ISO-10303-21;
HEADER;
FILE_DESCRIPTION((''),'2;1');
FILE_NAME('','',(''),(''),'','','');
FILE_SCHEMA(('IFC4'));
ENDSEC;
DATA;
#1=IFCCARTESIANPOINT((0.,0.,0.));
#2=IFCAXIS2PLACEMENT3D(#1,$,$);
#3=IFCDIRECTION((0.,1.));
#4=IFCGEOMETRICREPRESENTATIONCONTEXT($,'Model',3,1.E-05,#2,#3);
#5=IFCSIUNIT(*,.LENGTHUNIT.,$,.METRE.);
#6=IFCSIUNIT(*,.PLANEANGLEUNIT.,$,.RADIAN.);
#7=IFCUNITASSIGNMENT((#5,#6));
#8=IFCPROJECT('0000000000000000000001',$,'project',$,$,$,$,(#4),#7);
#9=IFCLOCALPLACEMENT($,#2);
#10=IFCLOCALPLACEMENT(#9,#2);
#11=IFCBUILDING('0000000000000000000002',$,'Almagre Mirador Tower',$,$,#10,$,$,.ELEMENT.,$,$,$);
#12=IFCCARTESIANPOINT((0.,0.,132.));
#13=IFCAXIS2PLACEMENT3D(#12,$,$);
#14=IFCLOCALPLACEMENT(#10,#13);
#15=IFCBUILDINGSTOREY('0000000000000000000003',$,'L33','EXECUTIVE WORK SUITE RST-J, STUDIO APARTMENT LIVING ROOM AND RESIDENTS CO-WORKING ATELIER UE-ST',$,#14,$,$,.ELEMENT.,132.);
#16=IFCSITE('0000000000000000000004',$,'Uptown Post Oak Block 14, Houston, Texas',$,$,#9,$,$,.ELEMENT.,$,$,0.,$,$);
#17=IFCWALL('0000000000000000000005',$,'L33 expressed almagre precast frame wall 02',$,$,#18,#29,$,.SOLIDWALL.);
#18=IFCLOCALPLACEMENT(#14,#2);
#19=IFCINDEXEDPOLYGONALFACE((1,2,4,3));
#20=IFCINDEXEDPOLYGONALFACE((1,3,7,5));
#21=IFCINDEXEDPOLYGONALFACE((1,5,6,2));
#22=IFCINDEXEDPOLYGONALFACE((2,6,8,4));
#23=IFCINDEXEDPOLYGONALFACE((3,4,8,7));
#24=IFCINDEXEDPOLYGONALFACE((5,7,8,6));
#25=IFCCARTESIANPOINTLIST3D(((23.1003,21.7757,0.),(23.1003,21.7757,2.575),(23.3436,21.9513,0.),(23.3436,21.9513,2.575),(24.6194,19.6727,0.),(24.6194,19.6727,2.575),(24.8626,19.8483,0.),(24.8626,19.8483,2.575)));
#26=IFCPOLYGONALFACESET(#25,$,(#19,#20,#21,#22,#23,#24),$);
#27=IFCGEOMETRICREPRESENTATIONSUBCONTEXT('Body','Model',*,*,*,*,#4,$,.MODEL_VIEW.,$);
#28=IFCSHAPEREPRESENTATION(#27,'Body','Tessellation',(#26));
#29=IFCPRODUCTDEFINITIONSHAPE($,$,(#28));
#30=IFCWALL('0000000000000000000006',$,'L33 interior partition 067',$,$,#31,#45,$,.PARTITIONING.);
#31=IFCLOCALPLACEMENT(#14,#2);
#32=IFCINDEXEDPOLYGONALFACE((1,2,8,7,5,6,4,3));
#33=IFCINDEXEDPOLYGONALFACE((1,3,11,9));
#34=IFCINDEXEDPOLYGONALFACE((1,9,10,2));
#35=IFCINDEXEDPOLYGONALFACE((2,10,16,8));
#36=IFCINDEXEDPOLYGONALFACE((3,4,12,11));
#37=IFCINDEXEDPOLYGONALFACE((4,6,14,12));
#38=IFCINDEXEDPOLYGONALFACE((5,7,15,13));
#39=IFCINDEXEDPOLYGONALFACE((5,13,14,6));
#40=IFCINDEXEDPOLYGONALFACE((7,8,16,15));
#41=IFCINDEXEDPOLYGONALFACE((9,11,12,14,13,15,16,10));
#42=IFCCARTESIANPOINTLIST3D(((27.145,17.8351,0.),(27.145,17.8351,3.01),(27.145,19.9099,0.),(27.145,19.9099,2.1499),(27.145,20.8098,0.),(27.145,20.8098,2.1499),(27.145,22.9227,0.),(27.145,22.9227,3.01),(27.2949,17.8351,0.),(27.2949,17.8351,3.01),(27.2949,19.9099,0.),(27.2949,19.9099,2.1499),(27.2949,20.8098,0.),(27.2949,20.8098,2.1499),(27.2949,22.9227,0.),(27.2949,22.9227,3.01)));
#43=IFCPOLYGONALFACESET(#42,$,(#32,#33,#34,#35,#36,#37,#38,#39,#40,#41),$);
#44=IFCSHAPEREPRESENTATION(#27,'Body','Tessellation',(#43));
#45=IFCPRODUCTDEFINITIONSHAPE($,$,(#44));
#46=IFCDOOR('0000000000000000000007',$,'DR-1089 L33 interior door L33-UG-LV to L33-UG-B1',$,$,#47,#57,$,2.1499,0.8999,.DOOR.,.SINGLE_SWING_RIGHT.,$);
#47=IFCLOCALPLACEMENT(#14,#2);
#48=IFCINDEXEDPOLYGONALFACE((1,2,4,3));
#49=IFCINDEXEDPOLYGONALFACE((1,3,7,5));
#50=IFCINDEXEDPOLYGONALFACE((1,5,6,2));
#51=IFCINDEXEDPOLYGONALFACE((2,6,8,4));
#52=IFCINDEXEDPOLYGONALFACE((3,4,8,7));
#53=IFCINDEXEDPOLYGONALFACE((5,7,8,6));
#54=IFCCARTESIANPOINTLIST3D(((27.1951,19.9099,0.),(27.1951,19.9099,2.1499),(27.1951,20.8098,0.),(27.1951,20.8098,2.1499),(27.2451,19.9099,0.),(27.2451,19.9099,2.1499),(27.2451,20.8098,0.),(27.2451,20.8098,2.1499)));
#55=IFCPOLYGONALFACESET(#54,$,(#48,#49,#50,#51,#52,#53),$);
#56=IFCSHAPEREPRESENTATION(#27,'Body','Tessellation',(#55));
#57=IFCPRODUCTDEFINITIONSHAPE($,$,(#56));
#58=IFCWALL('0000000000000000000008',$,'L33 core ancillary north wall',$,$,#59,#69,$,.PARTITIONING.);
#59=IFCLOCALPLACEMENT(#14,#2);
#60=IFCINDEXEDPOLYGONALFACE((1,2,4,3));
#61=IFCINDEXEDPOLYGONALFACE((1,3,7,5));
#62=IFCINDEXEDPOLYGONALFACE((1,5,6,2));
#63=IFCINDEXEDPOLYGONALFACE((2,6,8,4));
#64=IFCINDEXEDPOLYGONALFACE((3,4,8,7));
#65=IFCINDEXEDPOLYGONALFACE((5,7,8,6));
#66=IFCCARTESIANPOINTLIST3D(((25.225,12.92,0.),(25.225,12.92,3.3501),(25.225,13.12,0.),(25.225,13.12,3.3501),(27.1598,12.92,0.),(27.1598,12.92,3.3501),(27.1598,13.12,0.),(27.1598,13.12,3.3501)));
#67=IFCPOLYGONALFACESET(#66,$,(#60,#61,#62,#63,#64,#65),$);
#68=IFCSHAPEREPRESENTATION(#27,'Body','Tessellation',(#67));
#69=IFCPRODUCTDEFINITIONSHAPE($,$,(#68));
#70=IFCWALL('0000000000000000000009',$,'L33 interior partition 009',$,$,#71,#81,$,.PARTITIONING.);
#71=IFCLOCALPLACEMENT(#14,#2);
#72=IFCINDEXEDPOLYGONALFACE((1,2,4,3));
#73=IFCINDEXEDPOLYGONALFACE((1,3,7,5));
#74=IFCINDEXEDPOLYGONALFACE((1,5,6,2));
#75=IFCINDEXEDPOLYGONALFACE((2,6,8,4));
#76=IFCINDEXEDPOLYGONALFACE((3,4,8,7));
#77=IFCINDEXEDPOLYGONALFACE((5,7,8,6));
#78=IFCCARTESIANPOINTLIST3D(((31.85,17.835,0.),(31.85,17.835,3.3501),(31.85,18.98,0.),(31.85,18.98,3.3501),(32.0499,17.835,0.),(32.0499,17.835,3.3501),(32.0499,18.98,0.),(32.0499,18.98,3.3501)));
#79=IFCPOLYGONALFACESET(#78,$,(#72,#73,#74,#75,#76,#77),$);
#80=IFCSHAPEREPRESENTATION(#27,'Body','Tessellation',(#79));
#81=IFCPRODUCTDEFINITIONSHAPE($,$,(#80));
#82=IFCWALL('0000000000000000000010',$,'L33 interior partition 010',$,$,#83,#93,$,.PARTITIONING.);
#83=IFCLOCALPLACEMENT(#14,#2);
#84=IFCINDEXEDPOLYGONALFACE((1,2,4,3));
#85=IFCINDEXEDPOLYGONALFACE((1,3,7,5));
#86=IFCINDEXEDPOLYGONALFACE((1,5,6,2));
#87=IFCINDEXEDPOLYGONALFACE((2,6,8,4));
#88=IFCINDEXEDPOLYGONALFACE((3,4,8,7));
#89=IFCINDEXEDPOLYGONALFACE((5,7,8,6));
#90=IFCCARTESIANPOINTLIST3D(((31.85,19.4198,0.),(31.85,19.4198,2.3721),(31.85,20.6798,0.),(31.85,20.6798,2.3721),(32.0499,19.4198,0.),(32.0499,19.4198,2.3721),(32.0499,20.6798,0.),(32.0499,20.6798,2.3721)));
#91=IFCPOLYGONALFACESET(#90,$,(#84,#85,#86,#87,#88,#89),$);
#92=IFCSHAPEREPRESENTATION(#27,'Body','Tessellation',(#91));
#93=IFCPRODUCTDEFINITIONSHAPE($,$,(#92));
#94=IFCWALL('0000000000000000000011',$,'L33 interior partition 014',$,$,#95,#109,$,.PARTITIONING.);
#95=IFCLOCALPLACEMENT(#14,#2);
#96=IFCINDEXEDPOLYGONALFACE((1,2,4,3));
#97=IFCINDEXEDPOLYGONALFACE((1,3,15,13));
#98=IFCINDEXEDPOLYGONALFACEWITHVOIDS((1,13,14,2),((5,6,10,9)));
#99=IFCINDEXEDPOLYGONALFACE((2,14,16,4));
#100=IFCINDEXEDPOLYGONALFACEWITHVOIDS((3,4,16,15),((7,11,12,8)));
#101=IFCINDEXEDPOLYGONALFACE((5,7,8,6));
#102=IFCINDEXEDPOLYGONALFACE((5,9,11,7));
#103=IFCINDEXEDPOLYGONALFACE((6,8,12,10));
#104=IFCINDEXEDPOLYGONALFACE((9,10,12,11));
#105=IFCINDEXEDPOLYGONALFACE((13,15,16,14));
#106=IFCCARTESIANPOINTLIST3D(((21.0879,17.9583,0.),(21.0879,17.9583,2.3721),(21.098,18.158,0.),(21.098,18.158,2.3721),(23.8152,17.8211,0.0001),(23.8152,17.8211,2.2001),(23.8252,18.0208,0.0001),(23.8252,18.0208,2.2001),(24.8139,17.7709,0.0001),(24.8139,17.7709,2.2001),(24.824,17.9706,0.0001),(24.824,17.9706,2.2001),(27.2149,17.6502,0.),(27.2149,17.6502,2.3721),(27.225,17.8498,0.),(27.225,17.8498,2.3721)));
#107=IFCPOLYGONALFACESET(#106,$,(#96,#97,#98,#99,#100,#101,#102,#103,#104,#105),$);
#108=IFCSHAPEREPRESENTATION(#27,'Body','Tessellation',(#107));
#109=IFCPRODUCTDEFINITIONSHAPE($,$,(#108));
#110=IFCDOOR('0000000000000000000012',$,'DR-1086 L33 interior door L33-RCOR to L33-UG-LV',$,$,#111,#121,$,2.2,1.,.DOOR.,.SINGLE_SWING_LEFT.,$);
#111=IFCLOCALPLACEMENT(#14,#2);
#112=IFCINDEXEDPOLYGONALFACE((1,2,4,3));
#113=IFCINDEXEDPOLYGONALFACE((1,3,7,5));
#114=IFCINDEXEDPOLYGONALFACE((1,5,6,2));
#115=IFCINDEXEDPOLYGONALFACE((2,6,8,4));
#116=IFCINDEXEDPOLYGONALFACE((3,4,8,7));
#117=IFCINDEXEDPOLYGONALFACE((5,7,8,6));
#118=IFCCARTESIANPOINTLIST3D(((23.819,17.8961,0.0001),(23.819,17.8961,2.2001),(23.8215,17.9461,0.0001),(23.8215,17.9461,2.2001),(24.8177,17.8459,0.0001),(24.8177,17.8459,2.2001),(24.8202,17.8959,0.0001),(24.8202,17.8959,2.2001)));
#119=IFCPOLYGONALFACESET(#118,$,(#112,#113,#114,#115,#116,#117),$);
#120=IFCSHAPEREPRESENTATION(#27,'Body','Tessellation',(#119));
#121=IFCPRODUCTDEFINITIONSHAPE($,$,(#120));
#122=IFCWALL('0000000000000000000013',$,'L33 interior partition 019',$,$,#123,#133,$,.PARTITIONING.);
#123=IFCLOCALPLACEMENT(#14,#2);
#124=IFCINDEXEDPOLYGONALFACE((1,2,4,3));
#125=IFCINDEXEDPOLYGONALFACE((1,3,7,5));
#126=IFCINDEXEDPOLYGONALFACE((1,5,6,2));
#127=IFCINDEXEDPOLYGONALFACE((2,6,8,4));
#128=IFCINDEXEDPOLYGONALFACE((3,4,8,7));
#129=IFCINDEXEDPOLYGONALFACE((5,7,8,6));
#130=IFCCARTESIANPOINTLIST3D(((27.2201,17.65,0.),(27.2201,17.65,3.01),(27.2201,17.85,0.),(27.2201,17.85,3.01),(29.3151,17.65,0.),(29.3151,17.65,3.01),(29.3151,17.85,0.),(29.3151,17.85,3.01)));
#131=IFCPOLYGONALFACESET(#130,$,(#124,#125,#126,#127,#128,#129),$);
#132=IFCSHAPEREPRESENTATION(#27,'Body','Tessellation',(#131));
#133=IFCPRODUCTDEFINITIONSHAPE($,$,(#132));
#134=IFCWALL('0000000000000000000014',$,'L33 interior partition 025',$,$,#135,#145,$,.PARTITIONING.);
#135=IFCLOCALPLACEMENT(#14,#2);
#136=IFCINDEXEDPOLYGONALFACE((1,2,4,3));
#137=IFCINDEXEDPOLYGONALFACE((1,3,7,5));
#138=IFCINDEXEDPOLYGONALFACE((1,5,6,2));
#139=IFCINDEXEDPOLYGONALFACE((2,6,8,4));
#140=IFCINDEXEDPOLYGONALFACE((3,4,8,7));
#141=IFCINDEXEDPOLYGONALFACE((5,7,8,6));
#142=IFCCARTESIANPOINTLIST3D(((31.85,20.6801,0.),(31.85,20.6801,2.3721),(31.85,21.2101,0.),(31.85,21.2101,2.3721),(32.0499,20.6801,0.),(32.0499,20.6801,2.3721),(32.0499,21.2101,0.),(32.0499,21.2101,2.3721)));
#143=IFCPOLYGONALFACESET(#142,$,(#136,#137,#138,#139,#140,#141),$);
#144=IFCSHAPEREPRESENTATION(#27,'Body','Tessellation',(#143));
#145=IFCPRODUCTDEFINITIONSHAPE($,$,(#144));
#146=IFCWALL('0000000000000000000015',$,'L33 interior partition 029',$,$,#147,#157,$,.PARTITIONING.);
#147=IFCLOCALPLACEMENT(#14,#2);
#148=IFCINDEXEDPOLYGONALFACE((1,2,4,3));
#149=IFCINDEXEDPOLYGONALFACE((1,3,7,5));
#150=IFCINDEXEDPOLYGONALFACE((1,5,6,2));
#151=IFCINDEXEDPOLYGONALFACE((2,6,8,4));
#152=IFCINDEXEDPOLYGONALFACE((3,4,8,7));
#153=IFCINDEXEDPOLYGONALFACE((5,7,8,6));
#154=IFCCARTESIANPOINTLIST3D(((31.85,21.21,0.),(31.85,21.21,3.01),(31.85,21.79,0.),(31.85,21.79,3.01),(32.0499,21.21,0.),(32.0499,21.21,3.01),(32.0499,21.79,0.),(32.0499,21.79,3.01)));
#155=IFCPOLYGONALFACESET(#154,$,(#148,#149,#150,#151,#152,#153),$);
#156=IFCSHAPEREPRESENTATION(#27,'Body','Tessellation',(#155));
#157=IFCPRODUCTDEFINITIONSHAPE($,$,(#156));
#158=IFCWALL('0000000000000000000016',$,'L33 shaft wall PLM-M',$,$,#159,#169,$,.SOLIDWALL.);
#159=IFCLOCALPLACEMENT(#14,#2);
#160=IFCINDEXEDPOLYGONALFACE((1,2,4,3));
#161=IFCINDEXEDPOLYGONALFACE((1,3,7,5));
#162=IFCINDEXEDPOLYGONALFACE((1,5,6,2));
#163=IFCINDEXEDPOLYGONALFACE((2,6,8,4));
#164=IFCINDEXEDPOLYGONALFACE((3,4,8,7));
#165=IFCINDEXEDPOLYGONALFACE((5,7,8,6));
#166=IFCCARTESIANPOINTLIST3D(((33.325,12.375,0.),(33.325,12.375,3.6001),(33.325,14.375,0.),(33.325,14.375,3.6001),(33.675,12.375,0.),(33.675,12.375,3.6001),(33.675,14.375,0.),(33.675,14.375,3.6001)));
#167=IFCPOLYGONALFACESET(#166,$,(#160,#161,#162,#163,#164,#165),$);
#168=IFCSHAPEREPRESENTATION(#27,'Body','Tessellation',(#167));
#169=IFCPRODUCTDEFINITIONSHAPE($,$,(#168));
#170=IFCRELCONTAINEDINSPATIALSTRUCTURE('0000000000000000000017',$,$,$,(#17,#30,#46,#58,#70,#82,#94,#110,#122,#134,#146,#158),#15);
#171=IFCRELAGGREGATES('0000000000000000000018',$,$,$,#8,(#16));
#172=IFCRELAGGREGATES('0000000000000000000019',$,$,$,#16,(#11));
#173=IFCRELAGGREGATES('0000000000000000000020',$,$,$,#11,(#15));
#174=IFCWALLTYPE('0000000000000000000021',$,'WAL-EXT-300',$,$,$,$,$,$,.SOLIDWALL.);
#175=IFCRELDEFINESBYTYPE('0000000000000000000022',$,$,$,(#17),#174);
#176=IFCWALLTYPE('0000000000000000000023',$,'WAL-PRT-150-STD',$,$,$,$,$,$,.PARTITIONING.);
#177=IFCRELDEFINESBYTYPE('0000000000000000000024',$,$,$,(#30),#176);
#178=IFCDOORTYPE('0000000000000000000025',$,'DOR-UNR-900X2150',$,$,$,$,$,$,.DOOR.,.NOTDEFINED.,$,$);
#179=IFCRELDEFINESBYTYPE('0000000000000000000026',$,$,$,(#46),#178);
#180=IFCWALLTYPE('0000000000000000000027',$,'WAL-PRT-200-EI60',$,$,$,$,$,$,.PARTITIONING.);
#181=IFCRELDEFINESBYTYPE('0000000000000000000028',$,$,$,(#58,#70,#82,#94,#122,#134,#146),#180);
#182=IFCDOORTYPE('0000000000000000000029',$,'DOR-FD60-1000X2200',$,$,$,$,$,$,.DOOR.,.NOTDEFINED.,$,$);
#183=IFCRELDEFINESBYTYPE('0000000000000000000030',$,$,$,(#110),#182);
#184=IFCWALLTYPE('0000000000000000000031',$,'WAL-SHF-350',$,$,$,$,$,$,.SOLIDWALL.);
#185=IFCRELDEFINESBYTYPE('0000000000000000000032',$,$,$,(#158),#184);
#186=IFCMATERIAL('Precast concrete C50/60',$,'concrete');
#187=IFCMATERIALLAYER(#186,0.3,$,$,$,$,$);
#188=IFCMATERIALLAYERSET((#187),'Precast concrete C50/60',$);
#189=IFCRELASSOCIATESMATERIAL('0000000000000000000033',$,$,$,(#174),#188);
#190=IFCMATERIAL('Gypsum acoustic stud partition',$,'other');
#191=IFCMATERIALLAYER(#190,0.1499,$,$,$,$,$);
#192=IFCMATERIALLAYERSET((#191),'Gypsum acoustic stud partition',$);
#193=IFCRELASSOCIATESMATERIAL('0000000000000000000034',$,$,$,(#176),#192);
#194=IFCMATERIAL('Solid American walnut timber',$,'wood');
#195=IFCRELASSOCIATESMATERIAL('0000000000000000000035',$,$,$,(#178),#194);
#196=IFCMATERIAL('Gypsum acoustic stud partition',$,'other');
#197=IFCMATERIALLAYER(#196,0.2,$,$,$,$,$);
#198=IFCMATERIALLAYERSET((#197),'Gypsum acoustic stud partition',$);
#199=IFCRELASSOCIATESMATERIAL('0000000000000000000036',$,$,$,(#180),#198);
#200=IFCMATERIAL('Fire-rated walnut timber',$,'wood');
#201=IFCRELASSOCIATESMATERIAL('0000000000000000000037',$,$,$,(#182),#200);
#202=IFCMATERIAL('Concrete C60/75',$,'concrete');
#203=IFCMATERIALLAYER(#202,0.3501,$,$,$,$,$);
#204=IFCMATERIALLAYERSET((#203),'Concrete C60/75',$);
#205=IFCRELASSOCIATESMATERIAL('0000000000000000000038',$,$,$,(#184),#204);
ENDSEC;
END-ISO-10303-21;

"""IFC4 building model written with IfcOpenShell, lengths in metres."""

from ifc_helpers import new_model, si_unit, direction, frame, frame_2d, origin, place, context, subcontext, project, spatial, rectangle, extrude, material, layer, layer_set, type_object, element, fill, save


model = new_model("IFC4")

# Units and contexts
model_context = context("Model", 3, precision=1e-05, world=origin(), true_north=direction((0.0, 1.0)))
body_context = subcontext(model_context, "Body", "Model", "MODEL_VIEW")
ifc_project = project(units=[si_unit("LENGTHUNIT", "METRE"), si_unit("PLANEANGLEUNIT", "RADIAN")], contexts=[model_context])

# Site, building, storey
site_placement = place(None, origin())
site = spatial("IfcSite", under=ifc_project, at=site_placement, Name="Uptown Post Oak Block 14, Houston, Texas", CompositionType="ELEMENT", RefElevation=0.0)
building_placement = place(site_placement, origin())
building = spatial("IfcBuilding", under=site, at=building_placement, Name="Almagre Mirador Tower", CompositionType="ELEMENT")
storey_placement = place(building_placement, frame((0.0, 0.0, 132.0)))
storey = spatial("IfcBuildingStorey", under=building, at=storey_placement, Name="L33", Description="EXECUTIVE WORK SUITE RST-J, STUDIO APARTMENT LIVING ROOM AND RESIDENTS CO-WORKING ATELIER UE-ST", CompositionType="ELEMENT", Elevation=132.0)

# Wall
ifc_material_1 = material(Name="Precast concrete C50/60", Category="concrete")
ifc_layer_1 = layer(ifc_material_1, 0.3)
ifc_layer_set_1 = layer_set([ifc_layer_1], Name="Precast concrete C50/60")
wall_type_1 = type_object("IfcWallType", Name="WAL-EXT-300", PredefinedType="SOLIDWALL", material=ifc_layer_set_1)
wall_1_placement = place(storey_placement, frame((24.741, 19.7605, 0.0), z_axis=(0.0, 0.0, 1.0), x_axis=(-0.585539, 0.810644, 0.0)))
element("IfcWall", 1, at=wall_1_placement, inside=storey, type_object=wall_type_1, Name="L33 expressed almagre precast frame wall 02", PredefinedType="SOLIDWALL", context=body_context, shape_type="SweptSolid", body=[
    extrude(rectangle(XDim=2.5942, YDim=0.3, at=frame_2d((1.2971, 0.0))), origin(), (0.0, 0.0, 1.0), 2.575),
])

# Wall, opening, door
ifc_material_2 = material(Name="Gypsum acoustic stud partition", Category="other")
ifc_layer_2 = layer(ifc_material_2, 0.1499)
ifc_layer_set_2 = layer_set([ifc_layer_2], Name="Gypsum acoustic stud partition")
wall_type_2 = type_object("IfcWallType", Name="WAL-PRT-150-STD", PredefinedType="PARTITIONING", material=ifc_layer_set_2)
wall_2_placement = place(storey_placement, frame((27.22, 17.835, 0.0), z_axis=(0.0, 0.0, 1.0), x_axis=(0.0, 1.0, 0.0)))
wall_2 = element("IfcWall", 2, at=wall_2_placement, inside=storey, type_object=wall_type_2, Name="L33 interior partition 067", PredefinedType="PARTITIONING", context=body_context, shape_type="SweptSolid", body=[
    extrude(rectangle(XDim=5.0876, YDim=0.1499, at=frame_2d((2.5439, 0.0))), origin(), (0.0, 0.0, 1.0), 3.01),
])
opening_1_placement = place(wall_2_placement, frame((2.075, 0.0, 0.0)))
opening_1 = element("IfcOpeningElement", 3, at=opening_1_placement, cuts=wall_2, PredefinedType="OPENING", context=body_context, shape_type="SweptSolid", body=[
    extrude(rectangle(XDim=0.8999, YDim=2.1499, at=frame_2d((0.45, 1.075))), frame((0.0, 0.085, 0.0), z_axis=(0.0, -1.0, 0.0), x_axis=(1.0, 0.0, 0.0)), (0.0, 0.0, 1.0), 0.1699),
])
ifc_material_3 = material(Name="Solid American walnut timber", Category="wood")
door_type_1 = type_object("IfcDoorType", Name="DOR-UNR-900X2150", OperationType="NOTDEFINED", PredefinedType="DOOR", material=ifc_material_3)
door_1_placement = place(opening_1_placement, origin())
door_1 = element("IfcDoor", 4, at=door_1_placement, inside=storey, type_object=door_type_1, Name="DR-1089 L33 interior door L33-UG-LV to L33-UG-B1", OperationType="SINGLE_SWING_RIGHT", OverallHeight=2.1499, OverallWidth=0.8999, PredefinedType="DOOR", context=body_context, shape_type="SweptSolid", body=[
    extrude(rectangle(XDim=0.8999, YDim=2.1499, at=frame_2d((0.45, 1.075))), frame((0.0, 0.0249, 0.0), z_axis=(0.0, -1.0, 0.0), x_axis=(1.0, 0.0, 0.0)), (0.0, 0.0, 1.0), 0.05),
])
fill(opening_1, door_1)

# Walls
ifc_material_4 = material(Name="Gypsum acoustic stud partition", Category="other")
ifc_layer_3 = layer(ifc_material_4, 0.2)
ifc_layer_set_3 = layer_set([ifc_layer_3], Name="Gypsum acoustic stud partition")
wall_type_3 = type_object("IfcWallType", Name="WAL-PRT-200-EI60", PredefinedType="PARTITIONING", material=ifc_layer_set_3)
wall_3_placement = place(storey_placement, frame((25.2251, 13.02, 0.0), z_axis=(0.0, 0.0, 1.0), x_axis=(1.0, 0.0, 0.0)))
element("IfcWall", 5, at=wall_3_placement, inside=storey, type_object=wall_type_3, Name="L33 core ancillary north wall", PredefinedType="PARTITIONING", context=body_context, shape_type="SweptSolid", body=[
    extrude(rectangle(XDim=1.9348, YDim=0.2, at=frame_2d((0.9673, 0.0))), origin(), (0.0, 0.0, 1.0), 3.3501),
])
wall_4_placement = place(storey_placement, frame((31.95, 17.835, 0.0), z_axis=(0.0, 0.0, 1.0), x_axis=(0.0, 1.0, 0.0)))
element("IfcWall", 6, at=wall_4_placement, inside=storey, type_object=wall_type_3, Name="L33 interior partition 009", PredefinedType="PARTITIONING", context=body_context, shape_type="SweptSolid", body=[
    extrude(rectangle(XDim=1.145, YDim=0.2, at=frame_2d((0.5725, 0.0))), origin(), (0.0, 0.0, 1.0), 3.3501),
])
wall_5_placement = place(storey_placement, frame((31.95, 19.4199, 0.0), z_axis=(0.0, 0.0, 1.0), x_axis=(0.0, 1.0, 0.0)))
element("IfcWall", 7, at=wall_5_placement, inside=storey, type_object=wall_type_3, Name="L33 interior partition 010", PredefinedType="PARTITIONING", context=body_context, shape_type="SweptSolid", body=[
    extrude(rectangle(XDim=1.26, YDim=0.2, at=frame_2d((0.6299, 0.0))), origin(), (0.0, 0.0, 1.0), 2.3721),
])

# Wall, opening, door
wall_6_placement = place(storey_placement, frame((27.22, 17.75, 0.0), z_axis=(0.0, 0.0, 1.0), x_axis=(-0.998738, 0.050223, 0.0)))
wall_6 = element("IfcWall", 8, at=wall_6_placement, inside=storey, type_object=wall_type_3, Name="L33 interior partition 014", PredefinedType="PARTITIONING", context=body_context, shape_type="SweptSolid", body=[
    extrude(rectangle(XDim=6.1348, YDim=0.2, at=frame_2d((3.0674, 0.0))), origin(), (0.0, 0.0, 1.0), 2.3721),
])
opening_2_placement = place(wall_6_placement, frame((2.4041, 0.0, 0.0)))
opening_2 = element("IfcOpeningElement", 9, at=opening_2_placement, cuts=wall_6, PredefinedType="OPENING", context=body_context, shape_type="SweptSolid", body=[
    extrude(rectangle(XDim=1.0, YDim=2.2, at=frame_2d((0.5, 1.1001))), frame((0.0, 0.1101, 0.0), z_axis=(0.0, -1.0, 0.0), x_axis=(1.0, 0.0, 0.0)), (0.0, 0.0, 1.0), 0.22),
])
ifc_material_5 = material(Name="Fire-rated walnut timber", Category="wood")
door_type_2 = type_object("IfcDoorType", Name="DOR-FD60-1000X2200", OperationType="NOTDEFINED", PredefinedType="DOOR", material=ifc_material_5)
door_2_placement = place(opening_2_placement, origin())
door_2 = element("IfcDoor", 10, at=door_2_placement, inside=storey, type_object=door_type_2, Name="DR-1086 L33 interior door L33-RCOR to L33-UG-LV", OperationType="SINGLE_SWING_LEFT", OverallHeight=2.2, OverallWidth=1.0, PredefinedType="DOOR", context=body_context, shape_type="SweptSolid", body=[
    extrude(rectangle(XDim=1.0, YDim=2.2, at=frame_2d((0.5, 1.1001))), frame((0.0, 0.0249, 0.0), z_axis=(0.0, -1.0, 0.0), x_axis=(1.0, 0.0, 0.0)), (0.0, 0.0, 1.0), 0.05),
])
fill(opening_2, door_2)

# Walls
wall_7_placement = place(storey_placement, frame((29.3149, 17.75, 0.0), z_axis=(0.0, 0.0, 1.0), x_axis=(-1.0, 0.0, 0.0)))
element("IfcWall", 11, at=wall_7_placement, inside=storey, type_object=wall_type_3, Name="L33 interior partition 019", PredefinedType="PARTITIONING", context=body_context, shape_type="SweptSolid", body=[
    extrude(rectangle(XDim=2.095, YDim=0.2, at=frame_2d((1.0474, 0.0))), origin(), (0.0, 0.0, 1.0), 3.01),
])
wall_8_placement = place(storey_placement, frame((31.95, 20.6799, 0.0), z_axis=(0.0, 0.0, 1.0), x_axis=(0.0, 1.0, 0.0)))
element("IfcWall", 12, at=wall_8_placement, inside=storey, type_object=wall_type_3, Name="L33 interior partition 025", PredefinedType="PARTITIONING", context=body_context, shape_type="SweptSolid", body=[
    extrude(rectangle(XDim=0.53, YDim=0.2, at=frame_2d((0.2651, 0.0))), origin(), (0.0, 0.0, 1.0), 2.3721),
])
wall_9_placement = place(storey_placement, frame((31.95, 21.21, 0.0), z_axis=(0.0, 0.0, 1.0), x_axis=(0.0, 1.0, 0.0)))
element("IfcWall", 13, at=wall_9_placement, inside=storey, type_object=wall_type_3, Name="L33 interior partition 029", PredefinedType="PARTITIONING", context=body_context, shape_type="SweptSolid", body=[
    extrude(rectangle(XDim=0.5801, YDim=0.2, at=frame_2d((0.29, 0.0))), origin(), (0.0, 0.0, 1.0), 3.01),
])
ifc_material_6 = material(Name="Concrete C60/75", Category="concrete")
ifc_layer_4 = layer(ifc_material_6, 0.3501)
ifc_layer_set_4 = layer_set([ifc_layer_4], Name="Concrete C60/75")
wall_type_4 = type_object("IfcWallType", Name="WAL-SHF-350", PredefinedType="SOLIDWALL", material=ifc_layer_set_4)
wall_10_placement = place(storey_placement, frame((33.5, 12.375, 0.0), z_axis=(0.0, 0.0, 1.0), x_axis=(0.0, 1.0, 0.0)))
element("IfcWall", 14, at=wall_10_placement, inside=storey, type_object=wall_type_4, Name="L33 shaft wall PLM-M", PredefinedType="SOLIDWALL", context=body_context, shape_type="SweptSolid", body=[
    extrude(rectangle(XDim=2.0, YDim=0.3501, at=frame_2d((1.0, 0.0))), origin(), (0.0, 0.0, 1.0), 3.6001),
])

save(model, "model.ifc")
